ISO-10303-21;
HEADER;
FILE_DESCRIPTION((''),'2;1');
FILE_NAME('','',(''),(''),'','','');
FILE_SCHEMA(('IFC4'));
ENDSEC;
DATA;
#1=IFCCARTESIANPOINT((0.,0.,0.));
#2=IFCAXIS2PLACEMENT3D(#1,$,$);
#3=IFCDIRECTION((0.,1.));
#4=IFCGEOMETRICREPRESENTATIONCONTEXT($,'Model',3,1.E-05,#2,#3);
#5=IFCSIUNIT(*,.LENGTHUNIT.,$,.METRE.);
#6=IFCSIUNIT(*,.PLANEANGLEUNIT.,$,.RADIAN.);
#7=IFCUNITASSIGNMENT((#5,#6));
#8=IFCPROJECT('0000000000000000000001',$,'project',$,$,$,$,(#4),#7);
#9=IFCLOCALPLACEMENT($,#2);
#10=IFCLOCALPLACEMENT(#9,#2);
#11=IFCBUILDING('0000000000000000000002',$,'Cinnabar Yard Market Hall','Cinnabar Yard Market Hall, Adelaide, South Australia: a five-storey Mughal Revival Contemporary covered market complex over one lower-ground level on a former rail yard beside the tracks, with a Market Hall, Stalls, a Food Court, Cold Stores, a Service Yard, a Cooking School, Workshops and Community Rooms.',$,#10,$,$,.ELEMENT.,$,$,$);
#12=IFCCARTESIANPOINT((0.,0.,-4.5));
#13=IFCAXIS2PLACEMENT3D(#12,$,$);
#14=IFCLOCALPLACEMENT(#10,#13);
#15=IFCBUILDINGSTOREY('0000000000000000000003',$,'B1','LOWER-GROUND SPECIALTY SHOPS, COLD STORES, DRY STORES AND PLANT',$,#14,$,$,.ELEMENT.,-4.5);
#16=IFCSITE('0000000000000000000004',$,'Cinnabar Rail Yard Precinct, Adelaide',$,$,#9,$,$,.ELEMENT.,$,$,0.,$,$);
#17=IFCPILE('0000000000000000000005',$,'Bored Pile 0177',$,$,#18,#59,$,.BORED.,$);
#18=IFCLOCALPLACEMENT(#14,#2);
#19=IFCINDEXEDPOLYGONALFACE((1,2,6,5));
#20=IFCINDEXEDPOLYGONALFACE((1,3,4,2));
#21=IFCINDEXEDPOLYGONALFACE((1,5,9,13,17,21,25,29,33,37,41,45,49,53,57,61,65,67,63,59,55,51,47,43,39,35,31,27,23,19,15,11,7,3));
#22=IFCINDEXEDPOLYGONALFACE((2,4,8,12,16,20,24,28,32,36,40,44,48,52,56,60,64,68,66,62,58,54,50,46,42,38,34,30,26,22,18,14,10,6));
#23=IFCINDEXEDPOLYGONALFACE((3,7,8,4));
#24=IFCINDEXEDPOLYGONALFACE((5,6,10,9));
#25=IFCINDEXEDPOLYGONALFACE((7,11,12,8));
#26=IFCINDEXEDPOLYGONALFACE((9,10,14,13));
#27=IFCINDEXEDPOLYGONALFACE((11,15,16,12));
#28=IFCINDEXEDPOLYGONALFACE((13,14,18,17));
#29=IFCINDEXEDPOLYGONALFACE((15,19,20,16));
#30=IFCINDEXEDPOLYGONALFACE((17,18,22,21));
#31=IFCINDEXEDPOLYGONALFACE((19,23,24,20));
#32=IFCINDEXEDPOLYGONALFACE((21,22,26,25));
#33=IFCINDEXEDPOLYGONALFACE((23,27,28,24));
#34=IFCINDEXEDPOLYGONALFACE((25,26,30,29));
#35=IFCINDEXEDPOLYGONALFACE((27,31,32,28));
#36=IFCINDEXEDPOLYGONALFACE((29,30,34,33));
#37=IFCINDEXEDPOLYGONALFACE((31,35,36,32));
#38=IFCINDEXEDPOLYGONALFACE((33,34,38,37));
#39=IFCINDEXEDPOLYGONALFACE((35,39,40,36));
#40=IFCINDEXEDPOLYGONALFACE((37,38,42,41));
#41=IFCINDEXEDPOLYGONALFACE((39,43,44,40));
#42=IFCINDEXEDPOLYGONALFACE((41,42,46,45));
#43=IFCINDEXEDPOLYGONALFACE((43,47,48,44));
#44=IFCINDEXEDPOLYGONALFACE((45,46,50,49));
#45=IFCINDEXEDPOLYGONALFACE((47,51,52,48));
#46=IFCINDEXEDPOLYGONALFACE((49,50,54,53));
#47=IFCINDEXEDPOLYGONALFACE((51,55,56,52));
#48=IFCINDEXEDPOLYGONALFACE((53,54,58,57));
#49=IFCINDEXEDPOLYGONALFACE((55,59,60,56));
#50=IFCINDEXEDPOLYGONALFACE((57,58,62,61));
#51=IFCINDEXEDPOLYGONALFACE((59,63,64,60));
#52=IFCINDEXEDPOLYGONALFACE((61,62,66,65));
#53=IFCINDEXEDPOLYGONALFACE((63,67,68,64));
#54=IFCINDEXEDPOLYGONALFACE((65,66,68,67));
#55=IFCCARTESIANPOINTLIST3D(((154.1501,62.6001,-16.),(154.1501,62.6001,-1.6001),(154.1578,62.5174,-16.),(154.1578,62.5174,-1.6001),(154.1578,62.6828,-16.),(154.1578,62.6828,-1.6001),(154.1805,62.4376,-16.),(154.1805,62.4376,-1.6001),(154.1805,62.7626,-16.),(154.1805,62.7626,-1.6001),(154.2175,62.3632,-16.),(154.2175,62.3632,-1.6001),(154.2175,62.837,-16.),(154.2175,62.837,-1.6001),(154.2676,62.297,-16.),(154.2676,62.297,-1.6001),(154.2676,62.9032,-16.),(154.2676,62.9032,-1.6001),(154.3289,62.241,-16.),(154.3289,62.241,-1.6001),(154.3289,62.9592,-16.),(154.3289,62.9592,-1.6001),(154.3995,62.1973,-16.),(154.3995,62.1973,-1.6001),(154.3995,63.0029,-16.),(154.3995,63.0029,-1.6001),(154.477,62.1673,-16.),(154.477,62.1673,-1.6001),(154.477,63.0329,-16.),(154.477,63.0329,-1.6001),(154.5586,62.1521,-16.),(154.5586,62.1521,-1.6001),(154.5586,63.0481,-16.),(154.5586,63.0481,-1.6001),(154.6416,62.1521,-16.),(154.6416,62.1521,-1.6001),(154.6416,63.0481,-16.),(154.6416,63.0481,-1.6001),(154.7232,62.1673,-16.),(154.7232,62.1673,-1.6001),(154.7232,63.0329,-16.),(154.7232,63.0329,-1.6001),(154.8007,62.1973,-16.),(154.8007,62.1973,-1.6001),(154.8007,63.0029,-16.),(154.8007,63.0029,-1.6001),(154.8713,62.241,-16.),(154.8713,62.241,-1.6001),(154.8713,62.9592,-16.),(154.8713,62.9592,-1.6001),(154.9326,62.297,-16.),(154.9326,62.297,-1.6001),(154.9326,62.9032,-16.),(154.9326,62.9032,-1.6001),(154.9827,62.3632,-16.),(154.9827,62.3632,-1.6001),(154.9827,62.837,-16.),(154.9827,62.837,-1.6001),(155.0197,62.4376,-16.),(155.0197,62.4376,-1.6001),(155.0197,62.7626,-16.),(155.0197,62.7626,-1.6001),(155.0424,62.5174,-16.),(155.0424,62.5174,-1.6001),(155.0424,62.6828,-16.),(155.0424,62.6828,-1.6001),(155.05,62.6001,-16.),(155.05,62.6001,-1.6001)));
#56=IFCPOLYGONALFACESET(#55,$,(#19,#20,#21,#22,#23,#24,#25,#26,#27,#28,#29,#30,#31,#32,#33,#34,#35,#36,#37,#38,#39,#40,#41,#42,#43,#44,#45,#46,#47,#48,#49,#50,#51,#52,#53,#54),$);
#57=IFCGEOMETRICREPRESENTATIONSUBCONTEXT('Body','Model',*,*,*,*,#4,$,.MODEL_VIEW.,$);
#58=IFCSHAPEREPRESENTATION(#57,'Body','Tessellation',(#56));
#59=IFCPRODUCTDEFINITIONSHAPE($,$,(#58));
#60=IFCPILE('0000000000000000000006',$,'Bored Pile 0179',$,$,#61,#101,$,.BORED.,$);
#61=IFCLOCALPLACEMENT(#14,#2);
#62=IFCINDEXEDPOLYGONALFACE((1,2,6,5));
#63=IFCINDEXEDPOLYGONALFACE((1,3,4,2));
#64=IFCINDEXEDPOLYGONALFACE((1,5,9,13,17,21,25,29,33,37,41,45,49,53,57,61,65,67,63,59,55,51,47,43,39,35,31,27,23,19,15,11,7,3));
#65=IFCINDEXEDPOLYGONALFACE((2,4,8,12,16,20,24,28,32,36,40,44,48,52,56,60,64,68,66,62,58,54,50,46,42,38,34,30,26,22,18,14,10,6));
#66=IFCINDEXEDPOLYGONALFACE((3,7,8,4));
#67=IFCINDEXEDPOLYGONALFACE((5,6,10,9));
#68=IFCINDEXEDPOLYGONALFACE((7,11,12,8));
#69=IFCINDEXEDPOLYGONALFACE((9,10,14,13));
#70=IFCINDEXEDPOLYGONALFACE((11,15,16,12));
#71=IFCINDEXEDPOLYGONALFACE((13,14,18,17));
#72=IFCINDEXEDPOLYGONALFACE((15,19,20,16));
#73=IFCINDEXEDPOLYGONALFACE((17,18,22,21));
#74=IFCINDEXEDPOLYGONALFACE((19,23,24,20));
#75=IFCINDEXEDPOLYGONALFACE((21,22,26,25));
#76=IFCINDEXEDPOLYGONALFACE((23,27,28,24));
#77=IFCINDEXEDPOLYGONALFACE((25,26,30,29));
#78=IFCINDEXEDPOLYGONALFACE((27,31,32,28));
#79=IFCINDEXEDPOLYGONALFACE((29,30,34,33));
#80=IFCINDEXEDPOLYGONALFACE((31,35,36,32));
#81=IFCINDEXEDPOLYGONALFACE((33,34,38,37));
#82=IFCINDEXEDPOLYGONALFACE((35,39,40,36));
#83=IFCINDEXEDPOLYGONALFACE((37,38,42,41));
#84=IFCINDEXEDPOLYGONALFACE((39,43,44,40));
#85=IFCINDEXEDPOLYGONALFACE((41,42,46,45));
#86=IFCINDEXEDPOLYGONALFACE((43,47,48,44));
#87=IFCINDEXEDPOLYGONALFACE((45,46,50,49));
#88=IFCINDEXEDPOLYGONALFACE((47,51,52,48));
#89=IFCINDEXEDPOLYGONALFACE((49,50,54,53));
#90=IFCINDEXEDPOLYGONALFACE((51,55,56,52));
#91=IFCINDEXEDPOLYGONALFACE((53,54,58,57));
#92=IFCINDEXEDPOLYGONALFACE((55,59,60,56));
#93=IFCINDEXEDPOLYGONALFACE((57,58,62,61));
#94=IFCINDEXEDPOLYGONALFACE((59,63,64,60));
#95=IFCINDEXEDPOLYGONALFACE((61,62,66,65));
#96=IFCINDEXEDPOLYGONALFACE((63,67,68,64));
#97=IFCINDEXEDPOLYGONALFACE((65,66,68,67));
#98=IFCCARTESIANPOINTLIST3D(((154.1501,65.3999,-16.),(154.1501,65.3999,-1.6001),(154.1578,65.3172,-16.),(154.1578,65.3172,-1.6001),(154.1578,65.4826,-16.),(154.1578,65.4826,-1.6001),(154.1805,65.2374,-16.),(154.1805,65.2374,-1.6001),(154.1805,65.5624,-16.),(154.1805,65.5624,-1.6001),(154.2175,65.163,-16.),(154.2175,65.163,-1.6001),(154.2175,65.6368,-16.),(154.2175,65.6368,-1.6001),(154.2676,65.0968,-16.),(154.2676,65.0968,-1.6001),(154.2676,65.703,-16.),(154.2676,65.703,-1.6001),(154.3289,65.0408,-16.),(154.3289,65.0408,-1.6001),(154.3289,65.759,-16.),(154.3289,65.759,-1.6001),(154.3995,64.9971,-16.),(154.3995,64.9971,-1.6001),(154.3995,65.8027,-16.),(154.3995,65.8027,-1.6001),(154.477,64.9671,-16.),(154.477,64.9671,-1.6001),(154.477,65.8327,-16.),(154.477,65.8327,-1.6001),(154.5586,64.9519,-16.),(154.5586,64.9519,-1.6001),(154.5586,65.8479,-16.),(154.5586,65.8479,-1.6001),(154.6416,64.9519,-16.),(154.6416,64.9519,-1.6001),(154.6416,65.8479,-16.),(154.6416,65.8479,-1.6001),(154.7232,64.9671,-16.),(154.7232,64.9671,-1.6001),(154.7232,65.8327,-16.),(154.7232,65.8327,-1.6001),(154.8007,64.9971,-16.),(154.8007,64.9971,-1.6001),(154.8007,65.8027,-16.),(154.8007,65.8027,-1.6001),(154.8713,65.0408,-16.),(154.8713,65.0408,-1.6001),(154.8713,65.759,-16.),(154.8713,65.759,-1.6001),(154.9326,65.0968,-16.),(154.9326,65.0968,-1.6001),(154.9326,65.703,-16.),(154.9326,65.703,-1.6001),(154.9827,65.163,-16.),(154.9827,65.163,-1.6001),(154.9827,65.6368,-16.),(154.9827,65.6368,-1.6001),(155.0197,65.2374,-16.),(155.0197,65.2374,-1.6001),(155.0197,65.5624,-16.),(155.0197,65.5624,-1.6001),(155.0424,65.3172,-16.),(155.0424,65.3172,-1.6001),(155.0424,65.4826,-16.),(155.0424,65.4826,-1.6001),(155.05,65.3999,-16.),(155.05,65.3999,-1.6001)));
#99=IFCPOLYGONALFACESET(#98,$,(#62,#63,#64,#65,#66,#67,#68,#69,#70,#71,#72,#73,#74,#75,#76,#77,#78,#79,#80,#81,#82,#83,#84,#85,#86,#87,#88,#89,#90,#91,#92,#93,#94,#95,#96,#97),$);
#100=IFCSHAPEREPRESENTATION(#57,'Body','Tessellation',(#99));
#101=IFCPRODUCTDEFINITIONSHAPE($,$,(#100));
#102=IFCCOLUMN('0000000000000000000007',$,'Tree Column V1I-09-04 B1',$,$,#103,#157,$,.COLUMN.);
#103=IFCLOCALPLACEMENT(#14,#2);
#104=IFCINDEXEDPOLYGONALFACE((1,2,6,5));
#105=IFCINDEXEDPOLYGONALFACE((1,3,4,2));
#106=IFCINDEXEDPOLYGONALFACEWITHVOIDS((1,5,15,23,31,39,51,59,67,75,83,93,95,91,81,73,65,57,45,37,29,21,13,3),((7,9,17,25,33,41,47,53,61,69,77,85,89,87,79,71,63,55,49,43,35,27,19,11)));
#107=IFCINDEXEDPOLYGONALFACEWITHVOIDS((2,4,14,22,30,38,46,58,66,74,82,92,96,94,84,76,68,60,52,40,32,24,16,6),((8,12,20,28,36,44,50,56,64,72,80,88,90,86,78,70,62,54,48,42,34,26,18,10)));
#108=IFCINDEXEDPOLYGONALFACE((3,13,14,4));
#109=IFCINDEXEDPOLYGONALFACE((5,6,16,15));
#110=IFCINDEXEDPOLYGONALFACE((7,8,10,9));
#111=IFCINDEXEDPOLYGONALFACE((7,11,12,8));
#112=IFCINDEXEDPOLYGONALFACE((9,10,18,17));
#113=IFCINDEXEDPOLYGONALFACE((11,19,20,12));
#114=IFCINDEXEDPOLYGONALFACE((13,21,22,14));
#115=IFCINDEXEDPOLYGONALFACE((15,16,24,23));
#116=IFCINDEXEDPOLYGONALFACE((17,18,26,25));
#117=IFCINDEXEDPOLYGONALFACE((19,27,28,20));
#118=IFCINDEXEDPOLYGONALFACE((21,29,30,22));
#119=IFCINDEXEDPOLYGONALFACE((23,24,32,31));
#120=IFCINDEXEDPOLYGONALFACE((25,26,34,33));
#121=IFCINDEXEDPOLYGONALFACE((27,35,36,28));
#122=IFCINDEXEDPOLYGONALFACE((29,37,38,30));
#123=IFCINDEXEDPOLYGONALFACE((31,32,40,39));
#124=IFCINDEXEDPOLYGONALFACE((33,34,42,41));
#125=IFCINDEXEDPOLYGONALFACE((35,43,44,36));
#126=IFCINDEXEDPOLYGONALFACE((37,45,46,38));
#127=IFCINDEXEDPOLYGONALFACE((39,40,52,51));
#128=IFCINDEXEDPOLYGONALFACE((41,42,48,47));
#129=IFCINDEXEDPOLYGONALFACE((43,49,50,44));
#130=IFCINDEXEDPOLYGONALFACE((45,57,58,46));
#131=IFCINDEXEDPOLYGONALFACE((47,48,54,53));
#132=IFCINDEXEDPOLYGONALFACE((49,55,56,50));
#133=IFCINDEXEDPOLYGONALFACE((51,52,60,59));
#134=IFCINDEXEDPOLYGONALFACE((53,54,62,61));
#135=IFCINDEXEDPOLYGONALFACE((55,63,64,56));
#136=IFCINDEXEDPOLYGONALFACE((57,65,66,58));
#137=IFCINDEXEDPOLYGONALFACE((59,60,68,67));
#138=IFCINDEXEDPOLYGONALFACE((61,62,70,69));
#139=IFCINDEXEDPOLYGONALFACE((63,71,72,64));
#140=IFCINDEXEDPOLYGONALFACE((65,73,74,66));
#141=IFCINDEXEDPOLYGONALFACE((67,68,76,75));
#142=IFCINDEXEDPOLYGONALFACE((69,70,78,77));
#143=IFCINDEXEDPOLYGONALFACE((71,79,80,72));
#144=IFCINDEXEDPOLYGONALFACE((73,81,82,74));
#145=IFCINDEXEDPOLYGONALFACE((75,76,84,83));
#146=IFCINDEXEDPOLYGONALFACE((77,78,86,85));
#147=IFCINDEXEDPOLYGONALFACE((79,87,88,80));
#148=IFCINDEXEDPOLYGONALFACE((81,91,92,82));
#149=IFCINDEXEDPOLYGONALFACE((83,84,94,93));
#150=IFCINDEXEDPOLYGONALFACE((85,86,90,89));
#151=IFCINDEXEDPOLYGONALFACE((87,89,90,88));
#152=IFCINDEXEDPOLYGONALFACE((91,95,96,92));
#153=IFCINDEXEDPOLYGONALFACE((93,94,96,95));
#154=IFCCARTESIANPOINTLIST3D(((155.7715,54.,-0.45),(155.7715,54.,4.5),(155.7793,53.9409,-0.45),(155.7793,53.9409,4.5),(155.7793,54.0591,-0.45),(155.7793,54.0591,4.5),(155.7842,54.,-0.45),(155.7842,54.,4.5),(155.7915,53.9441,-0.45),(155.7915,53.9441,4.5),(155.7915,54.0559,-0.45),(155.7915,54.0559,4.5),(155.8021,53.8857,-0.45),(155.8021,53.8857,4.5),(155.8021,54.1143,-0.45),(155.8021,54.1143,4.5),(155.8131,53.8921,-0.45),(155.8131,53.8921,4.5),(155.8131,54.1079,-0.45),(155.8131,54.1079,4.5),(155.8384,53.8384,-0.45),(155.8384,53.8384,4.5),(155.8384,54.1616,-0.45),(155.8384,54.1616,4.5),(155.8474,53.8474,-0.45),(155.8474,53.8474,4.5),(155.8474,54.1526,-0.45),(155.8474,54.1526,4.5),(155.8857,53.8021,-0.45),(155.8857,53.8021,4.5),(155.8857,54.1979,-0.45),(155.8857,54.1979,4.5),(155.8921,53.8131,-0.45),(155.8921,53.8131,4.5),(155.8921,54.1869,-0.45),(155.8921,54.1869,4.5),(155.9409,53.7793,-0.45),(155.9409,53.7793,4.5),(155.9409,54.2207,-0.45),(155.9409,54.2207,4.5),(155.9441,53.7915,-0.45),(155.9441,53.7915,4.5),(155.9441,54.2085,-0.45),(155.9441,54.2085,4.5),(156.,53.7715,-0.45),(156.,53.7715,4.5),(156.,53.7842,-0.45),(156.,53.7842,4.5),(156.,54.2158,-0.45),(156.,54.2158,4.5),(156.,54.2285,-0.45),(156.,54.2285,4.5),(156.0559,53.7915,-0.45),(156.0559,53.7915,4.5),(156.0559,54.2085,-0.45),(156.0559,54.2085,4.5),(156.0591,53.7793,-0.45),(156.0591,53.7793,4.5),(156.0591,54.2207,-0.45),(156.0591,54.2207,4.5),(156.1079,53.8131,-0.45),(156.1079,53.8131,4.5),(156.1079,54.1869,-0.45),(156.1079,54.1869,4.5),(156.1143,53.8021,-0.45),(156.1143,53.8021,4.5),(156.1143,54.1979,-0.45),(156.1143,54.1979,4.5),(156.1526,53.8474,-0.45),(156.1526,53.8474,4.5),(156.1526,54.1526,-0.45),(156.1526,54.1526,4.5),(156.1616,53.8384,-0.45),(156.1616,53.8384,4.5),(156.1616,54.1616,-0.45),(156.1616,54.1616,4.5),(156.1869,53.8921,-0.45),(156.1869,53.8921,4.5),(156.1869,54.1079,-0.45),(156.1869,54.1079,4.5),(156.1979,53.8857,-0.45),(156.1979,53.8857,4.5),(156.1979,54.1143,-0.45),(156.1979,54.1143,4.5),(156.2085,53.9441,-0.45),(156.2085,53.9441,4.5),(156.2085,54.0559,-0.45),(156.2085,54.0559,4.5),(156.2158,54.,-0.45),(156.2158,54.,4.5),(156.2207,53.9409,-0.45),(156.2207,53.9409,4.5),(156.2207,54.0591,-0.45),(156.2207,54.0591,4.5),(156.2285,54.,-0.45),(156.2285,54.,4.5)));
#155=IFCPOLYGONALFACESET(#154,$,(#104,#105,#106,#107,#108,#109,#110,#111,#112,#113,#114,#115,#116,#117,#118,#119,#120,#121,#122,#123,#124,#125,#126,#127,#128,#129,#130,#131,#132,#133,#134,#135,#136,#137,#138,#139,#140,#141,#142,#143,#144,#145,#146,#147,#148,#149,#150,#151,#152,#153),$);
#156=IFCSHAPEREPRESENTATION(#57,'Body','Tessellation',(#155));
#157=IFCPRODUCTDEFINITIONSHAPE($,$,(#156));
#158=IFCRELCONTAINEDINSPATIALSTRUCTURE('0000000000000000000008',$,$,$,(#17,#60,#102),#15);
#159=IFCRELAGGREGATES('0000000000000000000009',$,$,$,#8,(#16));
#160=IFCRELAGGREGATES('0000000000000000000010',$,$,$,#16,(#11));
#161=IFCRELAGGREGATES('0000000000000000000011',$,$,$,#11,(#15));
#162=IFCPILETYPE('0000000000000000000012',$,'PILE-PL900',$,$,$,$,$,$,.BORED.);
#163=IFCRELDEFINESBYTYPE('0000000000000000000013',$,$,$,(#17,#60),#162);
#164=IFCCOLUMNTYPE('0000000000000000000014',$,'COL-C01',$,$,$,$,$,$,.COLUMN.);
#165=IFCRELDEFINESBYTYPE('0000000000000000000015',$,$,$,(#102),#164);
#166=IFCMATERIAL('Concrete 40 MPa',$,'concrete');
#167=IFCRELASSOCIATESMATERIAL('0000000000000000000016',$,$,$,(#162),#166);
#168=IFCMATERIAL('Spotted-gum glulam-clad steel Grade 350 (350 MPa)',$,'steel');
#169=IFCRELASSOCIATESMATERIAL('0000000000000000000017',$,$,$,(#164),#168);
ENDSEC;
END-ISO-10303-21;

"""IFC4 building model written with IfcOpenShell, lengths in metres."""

from ifc_helpers import new_model, si_unit, direction, frame, origin, origin_2d_with_axis, place, context, subcontext, project, spatial, circle, hollow_circle, extrude, material, material_profile, profile_set, type_object, element, save


model = new_model("IFC4")

# Units and contexts
model_context = context("Model", 3, precision=1e-05, world=origin(), true_north=direction((0.0, 1.0)))
body_context = subcontext(model_context, "Body", "Model", "MODEL_VIEW")
ifc_project = project(units=[si_unit("LENGTHUNIT", "METRE"), si_unit("PLANEANGLEUNIT", "RADIAN")], contexts=[model_context])

# Site, building, storey
site_placement = place(None, origin())
site = spatial("IfcSite", under=ifc_project, at=site_placement, Name="Cinnabar Rail Yard Precinct, Adelaide", CompositionType="ELEMENT", RefElevation=0.0)
building_placement = place(site_placement, origin())
building = spatial("IfcBuilding", under=site, at=building_placement, Name="Cinnabar Yard Market Hall", Description="Cinnabar Yard Market Hall, Adelaide, South Australia: a five-storey Mughal Revival Contemporary covered market complex over one lower-ground level on a former rail yard beside the tracks, with a Market Hall, Stalls, a Food Court, Cold Stores, a Service Yard, a Cooking School, Workshops and Community Rooms.", CompositionType="ELEMENT")
storey_placement = place(building_placement, frame((0.0, 0.0, -4.5)))
storey = spatial("IfcBuildingStorey", under=building, at=storey_placement, Name="B1", Description="LOWER-GROUND SPECIALTY SHOPS, COLD STORES, DRY STORES AND PLANT", CompositionType="ELEMENT", Elevation=-4.5)

# Shared definitions
ifc_material_1 = material(Name="Concrete 40 MPa", Category="concrete")

# Piles
ifc_material_profile_1 = material_profile(ifc_material_1, circle(Radius=0.45, at=origin_2d_with_axis()), Name="PILE-D900")
ifc_profile_set_1 = profile_set([ifc_material_profile_1], Name="Concrete 40 MPa")
pile_type_1 = type_object("IfcPileType", Name="PILE-PL900", PredefinedType="BORED", material=ifc_profile_set_1)
for number, where, z_axis, x_axis, name in (
    (1, (154.6001, 62.6001, -1.6001), (0.0, 0.0, -1.0), (1.0, 0.0, 0.0), "Bored Pile 0177"),
    (2, (154.6001, 65.3999, -1.6001), (0.0, 0.0, -1.0), (1.0, 0.0, 0.0), "Bored Pile 0179"),
):
    element("IfcPile", number, at=place(storey_placement, frame(where, z_axis=z_axis, x_axis=x_axis)), inside=storey, type_object=pile_type_1, Name=name, PredefinedType="BORED", context=body_context, shape_type="SweptSolid", body=[
        extrude(circle(Radius=0.45, at=origin_2d_with_axis()), origin(), (0.0, 0.0, 1.0), 14.3999),
    ])

# Column
ifc_material_2 = material(Name="Spotted-gum glulam-clad steel Grade 350 (350 MPa)", Category="steel")
ifc_material_profile_2 = material_profile(ifc_material_2, hollow_circle(Radius=0.2285, WallThickness=0.0127, at=origin_2d_with_axis()), Name="457.0x12.7CHS")
ifc_profile_set_2 = profile_set([ifc_material_profile_2], Name="Spotted-gum glulam-clad steel Grade 350 (350 MPa)")
column_type_1 = type_object("IfcColumnType", Name="COL-C01", PredefinedType="COLUMN", material=ifc_profile_set_2)
column_1_placement = place(storey_placement, frame((156.0, 54.0, -0.45), z_axis=(0.0, 0.0, 1.0), x_axis=(1.0, 0.0, 0.0)))
element("IfcColumn", 3, at=column_1_placement, inside=storey, type_object=column_type_1, Name="Tree Column V1I-09-04 B1", PredefinedType="COLUMN", context=body_context, shape_type="SweptSolid", body=[
    extrude(hollow_circle(Radius=0.2285, WallThickness=0.0127, at=origin_2d_with_axis()), origin(), (0.0, 0.0, 1.0), 4.95),
])

save(model, "model.ifc")
